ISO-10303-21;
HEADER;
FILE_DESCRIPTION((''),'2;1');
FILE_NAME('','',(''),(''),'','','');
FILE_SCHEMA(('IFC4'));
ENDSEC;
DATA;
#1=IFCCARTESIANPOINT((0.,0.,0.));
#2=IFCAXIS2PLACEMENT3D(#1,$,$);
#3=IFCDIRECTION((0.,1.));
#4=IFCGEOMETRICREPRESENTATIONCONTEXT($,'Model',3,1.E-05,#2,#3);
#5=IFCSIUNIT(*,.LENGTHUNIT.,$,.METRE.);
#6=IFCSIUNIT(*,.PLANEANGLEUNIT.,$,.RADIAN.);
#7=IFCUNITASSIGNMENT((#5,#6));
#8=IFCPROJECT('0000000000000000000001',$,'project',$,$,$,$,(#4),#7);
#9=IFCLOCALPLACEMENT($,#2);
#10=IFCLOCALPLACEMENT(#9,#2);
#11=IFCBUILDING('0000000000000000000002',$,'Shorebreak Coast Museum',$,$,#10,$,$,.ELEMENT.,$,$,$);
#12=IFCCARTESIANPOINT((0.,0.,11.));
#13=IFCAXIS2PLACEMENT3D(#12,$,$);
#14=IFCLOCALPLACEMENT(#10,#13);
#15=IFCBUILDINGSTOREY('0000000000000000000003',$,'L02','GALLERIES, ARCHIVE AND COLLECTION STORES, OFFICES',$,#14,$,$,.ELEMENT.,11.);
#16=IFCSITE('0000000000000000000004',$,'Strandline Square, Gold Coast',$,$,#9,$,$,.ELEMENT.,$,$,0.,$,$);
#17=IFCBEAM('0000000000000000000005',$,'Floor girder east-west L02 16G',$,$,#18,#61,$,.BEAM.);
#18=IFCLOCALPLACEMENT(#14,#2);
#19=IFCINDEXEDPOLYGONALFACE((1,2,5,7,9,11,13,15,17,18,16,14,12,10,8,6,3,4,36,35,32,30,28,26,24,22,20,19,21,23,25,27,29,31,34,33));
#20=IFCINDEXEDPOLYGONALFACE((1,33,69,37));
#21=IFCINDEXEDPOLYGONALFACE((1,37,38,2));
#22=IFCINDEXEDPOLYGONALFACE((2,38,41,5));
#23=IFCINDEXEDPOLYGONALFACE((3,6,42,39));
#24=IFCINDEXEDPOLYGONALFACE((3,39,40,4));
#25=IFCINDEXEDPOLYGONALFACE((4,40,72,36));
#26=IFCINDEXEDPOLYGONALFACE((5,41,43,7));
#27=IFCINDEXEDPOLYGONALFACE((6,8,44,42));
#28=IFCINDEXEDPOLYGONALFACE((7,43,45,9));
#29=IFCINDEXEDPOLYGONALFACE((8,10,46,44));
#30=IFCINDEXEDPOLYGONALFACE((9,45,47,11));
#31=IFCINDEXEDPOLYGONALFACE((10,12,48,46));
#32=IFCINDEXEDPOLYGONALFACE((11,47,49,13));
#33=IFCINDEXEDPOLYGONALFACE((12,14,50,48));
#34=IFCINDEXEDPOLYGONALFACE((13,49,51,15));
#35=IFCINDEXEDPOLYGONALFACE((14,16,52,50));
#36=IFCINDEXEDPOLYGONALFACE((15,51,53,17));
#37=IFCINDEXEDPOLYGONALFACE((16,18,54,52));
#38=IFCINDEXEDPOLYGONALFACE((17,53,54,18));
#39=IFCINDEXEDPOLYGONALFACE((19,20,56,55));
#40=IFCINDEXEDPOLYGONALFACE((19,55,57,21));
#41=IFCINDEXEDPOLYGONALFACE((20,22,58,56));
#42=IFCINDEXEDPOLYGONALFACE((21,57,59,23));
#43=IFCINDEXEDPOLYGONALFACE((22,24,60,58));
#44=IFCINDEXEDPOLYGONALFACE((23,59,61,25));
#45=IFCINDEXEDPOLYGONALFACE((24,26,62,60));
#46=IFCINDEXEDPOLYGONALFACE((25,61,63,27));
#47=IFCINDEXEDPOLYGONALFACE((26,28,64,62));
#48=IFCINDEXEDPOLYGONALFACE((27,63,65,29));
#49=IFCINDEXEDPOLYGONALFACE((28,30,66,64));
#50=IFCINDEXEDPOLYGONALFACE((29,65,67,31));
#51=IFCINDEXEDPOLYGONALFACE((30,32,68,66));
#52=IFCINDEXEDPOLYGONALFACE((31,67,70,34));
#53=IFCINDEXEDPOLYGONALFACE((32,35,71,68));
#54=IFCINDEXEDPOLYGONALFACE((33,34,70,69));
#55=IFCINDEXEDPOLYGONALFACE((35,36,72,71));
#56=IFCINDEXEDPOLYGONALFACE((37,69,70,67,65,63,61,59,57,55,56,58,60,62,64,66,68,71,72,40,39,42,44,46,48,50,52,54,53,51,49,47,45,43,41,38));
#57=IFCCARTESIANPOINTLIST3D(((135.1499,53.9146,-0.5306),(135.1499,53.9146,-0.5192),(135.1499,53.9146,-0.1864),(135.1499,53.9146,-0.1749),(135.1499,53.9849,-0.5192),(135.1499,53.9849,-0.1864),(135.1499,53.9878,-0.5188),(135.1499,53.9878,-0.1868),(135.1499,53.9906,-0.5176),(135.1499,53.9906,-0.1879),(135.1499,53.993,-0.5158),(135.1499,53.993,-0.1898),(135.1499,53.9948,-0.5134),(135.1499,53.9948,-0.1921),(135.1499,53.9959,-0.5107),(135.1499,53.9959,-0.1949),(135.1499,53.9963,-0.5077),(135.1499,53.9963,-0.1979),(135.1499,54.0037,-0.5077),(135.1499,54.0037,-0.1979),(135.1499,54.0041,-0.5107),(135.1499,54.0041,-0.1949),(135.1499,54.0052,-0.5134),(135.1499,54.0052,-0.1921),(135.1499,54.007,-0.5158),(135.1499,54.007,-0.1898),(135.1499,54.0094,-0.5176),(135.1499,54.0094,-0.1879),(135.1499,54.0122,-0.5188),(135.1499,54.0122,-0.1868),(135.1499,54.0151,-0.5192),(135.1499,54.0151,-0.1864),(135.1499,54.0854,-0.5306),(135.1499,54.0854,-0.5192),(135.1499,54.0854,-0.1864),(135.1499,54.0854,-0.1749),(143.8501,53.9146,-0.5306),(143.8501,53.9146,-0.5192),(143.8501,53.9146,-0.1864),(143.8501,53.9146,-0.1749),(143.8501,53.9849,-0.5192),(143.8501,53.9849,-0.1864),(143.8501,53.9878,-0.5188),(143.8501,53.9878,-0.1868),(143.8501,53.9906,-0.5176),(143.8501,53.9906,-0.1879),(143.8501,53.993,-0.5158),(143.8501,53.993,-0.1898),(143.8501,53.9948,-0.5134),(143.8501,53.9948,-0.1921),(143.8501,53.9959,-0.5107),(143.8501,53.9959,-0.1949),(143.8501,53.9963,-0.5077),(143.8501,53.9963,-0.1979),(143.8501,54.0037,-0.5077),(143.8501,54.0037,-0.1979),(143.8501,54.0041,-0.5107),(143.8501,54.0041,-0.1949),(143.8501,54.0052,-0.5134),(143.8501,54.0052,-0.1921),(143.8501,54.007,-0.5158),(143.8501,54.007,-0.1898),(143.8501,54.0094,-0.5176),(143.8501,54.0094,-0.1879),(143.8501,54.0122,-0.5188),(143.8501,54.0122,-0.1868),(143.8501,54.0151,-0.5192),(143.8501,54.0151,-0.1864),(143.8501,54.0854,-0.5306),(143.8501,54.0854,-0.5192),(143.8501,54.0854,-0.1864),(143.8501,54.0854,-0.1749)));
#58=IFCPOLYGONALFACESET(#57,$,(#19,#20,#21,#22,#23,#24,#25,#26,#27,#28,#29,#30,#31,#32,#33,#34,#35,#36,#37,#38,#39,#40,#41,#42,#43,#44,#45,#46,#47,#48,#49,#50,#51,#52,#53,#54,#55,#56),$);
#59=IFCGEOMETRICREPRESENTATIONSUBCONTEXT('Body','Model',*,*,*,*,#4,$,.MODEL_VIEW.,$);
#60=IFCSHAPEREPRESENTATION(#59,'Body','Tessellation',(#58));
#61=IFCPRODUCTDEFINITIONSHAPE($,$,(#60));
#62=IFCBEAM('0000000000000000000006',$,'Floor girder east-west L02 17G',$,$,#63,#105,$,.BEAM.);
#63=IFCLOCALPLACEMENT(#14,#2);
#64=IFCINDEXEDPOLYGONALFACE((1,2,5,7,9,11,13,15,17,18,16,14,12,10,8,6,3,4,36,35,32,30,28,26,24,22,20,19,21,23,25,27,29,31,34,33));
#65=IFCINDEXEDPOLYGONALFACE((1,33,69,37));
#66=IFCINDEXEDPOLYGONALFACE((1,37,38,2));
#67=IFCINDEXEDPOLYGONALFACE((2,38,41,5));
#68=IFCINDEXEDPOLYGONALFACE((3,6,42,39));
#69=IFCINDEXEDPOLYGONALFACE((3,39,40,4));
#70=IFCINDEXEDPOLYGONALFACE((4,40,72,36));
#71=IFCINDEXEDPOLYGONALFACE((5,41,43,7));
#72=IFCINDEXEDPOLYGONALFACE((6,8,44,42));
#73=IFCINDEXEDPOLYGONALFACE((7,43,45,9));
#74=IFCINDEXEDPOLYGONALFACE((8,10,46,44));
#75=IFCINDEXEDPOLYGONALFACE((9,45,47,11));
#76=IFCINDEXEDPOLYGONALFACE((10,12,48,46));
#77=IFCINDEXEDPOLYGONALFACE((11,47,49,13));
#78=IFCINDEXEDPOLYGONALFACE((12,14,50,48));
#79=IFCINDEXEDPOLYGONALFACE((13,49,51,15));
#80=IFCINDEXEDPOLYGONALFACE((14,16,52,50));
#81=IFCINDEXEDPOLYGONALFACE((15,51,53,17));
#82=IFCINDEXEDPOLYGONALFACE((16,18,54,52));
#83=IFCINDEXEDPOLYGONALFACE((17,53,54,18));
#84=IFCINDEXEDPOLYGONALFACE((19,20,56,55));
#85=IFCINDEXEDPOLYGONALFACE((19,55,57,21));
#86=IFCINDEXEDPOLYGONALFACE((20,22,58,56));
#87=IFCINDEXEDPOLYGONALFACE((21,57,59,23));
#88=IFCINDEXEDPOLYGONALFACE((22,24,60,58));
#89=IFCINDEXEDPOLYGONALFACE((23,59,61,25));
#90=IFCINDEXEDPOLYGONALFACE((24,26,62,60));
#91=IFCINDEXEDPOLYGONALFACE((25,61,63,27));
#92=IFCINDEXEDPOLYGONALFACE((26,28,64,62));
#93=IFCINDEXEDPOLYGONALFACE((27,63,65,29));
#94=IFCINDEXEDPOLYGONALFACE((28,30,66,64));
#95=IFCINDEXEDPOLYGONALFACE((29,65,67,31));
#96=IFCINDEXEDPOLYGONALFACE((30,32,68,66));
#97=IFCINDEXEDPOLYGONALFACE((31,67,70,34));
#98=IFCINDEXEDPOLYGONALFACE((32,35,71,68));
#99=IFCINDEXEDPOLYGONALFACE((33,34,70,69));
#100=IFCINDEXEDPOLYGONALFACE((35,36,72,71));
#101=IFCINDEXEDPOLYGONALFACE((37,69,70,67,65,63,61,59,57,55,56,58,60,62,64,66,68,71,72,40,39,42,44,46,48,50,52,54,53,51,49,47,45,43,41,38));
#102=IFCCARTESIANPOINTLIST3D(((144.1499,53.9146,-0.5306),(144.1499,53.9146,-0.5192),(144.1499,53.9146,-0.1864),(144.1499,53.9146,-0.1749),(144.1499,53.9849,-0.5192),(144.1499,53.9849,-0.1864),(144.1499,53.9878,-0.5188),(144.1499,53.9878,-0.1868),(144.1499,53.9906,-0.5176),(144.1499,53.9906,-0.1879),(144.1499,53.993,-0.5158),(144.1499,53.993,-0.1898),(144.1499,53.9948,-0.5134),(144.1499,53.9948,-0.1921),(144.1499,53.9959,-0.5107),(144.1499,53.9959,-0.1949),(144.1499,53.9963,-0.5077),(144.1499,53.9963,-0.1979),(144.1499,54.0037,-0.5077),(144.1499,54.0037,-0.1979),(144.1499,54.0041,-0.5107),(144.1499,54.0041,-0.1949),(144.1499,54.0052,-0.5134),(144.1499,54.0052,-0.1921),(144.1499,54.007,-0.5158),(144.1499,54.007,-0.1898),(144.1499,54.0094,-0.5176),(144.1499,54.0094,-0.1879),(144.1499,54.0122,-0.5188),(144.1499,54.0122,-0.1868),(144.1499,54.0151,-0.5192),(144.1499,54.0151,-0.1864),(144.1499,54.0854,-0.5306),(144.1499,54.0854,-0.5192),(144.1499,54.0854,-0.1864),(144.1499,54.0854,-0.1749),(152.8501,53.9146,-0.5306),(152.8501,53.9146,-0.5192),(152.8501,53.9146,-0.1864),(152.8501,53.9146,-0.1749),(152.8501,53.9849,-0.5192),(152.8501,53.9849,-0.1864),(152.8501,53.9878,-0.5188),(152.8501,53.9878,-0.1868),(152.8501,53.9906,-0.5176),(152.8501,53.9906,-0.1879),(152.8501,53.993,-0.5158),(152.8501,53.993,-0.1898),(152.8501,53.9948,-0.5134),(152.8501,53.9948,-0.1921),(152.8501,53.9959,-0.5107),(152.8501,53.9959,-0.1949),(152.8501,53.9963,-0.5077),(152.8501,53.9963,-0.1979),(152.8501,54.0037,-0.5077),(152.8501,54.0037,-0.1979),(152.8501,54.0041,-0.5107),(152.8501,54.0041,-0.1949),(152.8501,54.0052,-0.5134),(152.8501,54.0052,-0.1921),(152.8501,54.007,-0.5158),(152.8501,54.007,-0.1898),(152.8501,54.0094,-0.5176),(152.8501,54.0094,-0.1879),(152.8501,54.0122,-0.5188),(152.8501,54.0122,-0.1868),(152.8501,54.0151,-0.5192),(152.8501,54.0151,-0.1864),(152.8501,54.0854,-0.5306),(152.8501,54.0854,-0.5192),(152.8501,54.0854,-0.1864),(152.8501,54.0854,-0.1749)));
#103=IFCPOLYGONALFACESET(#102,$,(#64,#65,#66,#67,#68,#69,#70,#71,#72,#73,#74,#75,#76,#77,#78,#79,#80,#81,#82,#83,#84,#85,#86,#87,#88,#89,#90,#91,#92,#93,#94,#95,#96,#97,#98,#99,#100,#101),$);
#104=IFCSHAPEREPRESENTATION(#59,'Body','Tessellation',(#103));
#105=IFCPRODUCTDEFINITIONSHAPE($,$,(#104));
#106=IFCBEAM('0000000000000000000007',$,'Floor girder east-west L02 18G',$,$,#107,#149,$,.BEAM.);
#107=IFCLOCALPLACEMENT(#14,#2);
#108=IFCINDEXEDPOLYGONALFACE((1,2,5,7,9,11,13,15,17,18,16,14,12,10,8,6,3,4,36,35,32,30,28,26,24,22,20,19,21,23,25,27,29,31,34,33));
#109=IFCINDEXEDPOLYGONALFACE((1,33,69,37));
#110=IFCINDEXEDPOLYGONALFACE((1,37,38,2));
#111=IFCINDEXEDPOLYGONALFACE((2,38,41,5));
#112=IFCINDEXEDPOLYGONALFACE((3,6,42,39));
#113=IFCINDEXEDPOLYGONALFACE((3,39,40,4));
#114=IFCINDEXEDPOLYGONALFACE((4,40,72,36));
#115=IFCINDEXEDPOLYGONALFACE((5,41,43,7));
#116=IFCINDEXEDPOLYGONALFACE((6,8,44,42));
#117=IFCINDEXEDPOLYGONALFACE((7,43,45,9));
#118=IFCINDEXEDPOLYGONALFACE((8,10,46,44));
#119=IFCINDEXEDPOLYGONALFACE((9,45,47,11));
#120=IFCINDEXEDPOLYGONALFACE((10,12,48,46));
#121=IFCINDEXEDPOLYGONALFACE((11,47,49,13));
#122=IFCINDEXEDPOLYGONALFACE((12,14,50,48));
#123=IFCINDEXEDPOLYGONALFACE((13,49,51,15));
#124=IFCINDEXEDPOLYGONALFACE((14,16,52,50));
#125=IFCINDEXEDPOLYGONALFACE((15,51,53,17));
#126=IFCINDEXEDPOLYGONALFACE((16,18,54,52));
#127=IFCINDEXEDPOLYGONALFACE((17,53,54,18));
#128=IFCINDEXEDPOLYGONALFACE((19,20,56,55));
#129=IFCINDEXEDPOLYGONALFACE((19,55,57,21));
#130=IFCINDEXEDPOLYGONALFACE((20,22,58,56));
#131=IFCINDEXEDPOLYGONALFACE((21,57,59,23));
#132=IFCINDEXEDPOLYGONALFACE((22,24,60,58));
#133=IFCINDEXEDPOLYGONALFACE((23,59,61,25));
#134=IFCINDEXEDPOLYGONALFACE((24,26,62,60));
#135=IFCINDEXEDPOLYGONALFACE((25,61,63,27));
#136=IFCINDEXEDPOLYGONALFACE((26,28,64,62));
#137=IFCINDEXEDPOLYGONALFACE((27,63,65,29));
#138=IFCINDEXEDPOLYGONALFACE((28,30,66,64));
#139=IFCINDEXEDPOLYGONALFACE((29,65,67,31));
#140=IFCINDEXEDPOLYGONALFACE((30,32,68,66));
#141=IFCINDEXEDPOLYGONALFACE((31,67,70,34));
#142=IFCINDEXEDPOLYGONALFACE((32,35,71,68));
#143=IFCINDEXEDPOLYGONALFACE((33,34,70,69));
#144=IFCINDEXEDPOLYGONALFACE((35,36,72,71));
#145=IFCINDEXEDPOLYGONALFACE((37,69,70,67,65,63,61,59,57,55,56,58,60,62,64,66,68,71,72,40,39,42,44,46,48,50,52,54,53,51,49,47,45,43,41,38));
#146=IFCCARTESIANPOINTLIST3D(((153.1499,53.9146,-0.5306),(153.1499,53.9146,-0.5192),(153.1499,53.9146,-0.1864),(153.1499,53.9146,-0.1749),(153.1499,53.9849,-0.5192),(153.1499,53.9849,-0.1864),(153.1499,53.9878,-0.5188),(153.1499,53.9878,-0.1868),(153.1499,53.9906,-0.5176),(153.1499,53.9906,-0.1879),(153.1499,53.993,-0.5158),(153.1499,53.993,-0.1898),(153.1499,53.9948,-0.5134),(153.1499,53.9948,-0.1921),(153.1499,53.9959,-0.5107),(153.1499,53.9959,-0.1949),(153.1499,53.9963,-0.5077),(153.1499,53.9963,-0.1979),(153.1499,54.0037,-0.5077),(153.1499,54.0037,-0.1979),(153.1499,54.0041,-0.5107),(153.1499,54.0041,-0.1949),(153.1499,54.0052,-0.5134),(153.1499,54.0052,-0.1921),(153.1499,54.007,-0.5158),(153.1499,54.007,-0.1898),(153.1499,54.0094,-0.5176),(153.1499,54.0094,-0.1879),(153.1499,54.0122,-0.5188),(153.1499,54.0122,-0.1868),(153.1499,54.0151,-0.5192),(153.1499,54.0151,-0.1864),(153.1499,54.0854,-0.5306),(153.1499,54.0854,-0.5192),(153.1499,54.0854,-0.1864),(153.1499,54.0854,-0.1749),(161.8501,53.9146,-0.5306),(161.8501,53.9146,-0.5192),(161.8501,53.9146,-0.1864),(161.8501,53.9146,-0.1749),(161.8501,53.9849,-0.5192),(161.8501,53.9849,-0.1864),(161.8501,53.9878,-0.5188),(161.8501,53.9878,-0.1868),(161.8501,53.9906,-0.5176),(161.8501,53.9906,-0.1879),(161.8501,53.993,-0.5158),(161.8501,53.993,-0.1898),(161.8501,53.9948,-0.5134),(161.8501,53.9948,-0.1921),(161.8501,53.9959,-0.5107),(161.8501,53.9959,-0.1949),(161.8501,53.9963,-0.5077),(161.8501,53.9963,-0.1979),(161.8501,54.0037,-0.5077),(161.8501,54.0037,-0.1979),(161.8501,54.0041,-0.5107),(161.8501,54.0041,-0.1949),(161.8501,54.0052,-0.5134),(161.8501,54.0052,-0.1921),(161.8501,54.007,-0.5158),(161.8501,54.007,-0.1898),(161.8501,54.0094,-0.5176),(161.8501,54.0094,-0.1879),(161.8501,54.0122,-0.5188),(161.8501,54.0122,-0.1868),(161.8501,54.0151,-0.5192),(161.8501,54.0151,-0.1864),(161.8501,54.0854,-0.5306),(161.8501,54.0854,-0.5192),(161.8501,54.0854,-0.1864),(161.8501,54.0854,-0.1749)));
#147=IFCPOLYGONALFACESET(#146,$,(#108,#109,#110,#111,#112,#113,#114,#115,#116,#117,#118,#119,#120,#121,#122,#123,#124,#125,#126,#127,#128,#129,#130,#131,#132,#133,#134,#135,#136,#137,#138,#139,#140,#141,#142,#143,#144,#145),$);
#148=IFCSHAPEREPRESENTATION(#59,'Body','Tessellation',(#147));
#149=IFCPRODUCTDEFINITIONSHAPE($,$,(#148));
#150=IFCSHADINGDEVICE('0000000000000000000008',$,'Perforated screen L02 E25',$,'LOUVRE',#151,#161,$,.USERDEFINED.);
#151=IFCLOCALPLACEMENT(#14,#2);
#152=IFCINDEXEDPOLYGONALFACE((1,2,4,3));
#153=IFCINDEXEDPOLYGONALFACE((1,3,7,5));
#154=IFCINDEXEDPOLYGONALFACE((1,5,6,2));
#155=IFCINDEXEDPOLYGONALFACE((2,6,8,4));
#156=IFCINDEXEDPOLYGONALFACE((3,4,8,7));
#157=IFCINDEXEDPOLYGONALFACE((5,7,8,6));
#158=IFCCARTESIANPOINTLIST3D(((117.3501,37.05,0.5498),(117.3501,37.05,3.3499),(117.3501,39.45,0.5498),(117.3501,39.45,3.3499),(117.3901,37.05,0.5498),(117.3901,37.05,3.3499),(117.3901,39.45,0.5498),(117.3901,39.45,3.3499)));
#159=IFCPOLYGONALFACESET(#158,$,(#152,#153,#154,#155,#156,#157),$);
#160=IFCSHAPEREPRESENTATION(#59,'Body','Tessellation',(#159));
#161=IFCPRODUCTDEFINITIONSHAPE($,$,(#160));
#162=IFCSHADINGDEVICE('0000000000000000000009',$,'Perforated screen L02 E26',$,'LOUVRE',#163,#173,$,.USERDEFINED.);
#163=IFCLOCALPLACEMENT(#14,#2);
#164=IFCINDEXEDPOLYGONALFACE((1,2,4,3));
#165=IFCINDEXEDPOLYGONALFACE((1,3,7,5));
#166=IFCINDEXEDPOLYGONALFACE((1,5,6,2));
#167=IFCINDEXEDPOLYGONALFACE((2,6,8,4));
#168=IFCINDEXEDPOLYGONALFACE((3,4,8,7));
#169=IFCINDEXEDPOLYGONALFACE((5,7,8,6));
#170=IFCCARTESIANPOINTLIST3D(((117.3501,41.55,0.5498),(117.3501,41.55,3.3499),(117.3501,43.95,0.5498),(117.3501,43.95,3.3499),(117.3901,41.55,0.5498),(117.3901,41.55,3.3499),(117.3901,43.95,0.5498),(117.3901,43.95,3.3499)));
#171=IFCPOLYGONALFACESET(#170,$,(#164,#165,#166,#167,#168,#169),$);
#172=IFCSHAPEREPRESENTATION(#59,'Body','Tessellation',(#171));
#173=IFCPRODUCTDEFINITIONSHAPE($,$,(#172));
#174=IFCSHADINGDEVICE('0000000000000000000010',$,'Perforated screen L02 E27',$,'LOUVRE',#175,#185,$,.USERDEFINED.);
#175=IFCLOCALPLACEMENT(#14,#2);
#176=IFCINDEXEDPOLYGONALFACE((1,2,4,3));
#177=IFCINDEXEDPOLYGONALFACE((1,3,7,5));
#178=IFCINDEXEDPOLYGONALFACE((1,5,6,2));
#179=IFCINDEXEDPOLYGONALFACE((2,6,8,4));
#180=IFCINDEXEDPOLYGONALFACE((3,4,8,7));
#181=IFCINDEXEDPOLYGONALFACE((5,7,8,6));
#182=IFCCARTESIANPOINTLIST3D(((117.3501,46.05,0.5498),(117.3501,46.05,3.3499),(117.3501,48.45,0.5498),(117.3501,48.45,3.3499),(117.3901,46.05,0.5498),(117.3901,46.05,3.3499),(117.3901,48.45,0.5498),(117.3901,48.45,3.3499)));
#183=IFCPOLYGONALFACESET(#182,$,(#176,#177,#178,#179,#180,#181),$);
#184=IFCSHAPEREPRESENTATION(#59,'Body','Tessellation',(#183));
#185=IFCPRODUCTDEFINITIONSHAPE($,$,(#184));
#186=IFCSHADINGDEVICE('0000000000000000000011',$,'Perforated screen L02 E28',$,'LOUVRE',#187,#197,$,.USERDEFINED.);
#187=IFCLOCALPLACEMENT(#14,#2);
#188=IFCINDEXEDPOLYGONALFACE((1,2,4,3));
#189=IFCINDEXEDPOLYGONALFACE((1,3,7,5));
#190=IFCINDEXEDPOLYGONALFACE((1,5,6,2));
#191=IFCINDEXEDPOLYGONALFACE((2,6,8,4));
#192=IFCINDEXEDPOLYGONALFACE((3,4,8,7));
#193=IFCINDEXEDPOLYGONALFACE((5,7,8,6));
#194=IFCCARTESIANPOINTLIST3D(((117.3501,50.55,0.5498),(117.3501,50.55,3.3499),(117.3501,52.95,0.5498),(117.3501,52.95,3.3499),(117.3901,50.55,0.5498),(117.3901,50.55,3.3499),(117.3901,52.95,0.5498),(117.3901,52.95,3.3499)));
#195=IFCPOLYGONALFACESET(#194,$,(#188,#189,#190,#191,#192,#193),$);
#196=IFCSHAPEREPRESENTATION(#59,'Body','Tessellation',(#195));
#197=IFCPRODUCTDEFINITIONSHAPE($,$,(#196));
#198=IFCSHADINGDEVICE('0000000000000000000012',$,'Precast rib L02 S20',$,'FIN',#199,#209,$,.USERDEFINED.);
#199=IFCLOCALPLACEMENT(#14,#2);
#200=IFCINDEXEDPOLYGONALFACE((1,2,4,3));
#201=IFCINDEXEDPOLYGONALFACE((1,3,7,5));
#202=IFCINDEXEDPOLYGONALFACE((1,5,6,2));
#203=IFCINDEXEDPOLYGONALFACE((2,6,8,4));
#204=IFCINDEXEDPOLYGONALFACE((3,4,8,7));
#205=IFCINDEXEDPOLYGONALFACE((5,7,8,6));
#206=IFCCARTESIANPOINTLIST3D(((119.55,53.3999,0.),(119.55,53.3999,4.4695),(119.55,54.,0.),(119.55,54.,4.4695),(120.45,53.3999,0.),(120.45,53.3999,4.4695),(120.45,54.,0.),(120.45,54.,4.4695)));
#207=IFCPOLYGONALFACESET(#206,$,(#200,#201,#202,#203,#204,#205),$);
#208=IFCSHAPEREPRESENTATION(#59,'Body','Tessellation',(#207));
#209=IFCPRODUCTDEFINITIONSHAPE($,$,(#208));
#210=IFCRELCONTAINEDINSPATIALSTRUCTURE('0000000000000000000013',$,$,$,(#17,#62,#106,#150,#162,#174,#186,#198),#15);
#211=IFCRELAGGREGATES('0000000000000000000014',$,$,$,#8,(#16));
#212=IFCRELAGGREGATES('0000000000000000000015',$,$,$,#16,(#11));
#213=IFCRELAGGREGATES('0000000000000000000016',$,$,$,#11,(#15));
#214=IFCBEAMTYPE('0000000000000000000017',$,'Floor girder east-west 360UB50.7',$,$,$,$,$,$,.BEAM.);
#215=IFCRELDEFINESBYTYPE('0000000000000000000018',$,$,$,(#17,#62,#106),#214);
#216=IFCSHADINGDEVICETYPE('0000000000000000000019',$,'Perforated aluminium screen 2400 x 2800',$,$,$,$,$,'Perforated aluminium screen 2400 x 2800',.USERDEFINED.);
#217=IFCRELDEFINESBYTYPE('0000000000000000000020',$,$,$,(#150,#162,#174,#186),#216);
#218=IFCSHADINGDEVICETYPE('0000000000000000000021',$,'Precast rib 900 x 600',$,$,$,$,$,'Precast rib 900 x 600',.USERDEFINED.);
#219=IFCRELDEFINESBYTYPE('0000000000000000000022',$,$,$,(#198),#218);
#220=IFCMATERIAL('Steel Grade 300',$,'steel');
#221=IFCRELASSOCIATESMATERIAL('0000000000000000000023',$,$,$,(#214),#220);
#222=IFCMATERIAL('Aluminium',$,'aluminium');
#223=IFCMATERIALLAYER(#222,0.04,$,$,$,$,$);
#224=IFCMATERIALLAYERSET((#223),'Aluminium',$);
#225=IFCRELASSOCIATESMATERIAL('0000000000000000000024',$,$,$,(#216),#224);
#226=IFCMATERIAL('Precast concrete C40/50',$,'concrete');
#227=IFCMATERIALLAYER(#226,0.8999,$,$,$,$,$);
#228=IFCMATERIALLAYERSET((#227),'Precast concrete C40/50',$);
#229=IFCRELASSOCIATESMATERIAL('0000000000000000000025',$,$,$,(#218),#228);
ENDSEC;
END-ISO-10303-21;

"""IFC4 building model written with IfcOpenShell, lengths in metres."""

from ifc_helpers import new_model, si_unit, direction, frame, origin, origin_2d, place, context, subcontext, project, spatial, rectangle, i_section, extrude, material, layer, layer_set, material_profile, profile_set, type_object, element, save


model = new_model("IFC4")

# Units and contexts
model_context = context("Model", 3, precision=1e-05, world=origin(), true_north=direction((0.0, 1.0)))
body_context = subcontext(model_context, "Body", "Model", "MODEL_VIEW")
ifc_project = project(units=[si_unit("LENGTHUNIT", "METRE"), si_unit("PLANEANGLEUNIT", "RADIAN")], contexts=[model_context])

# Site, building, storey
site_placement = place(None, origin())
site = spatial("IfcSite", under=ifc_project, at=site_placement, Name="Strandline Square, Gold Coast", CompositionType="ELEMENT", RefElevation=0.0)
building_placement = place(site_placement, origin())
building = spatial("IfcBuilding", under=site, at=building_placement, Name="Shorebreak Coast Museum", CompositionType="ELEMENT")
storey_placement = place(building_placement, frame((0.0, 0.0, 11.0)))
storey = spatial("IfcBuildingStorey", under=building, at=storey_placement, Name="L02", Description="GALLERIES, ARCHIVE AND COLLECTION STORES, OFFICES", CompositionType="ELEMENT", Elevation=11.0)

# Beams
ifc_material_1 = material(Name="Steel Grade 300", Category="steel")
ifc_material_profile_1 = material_profile(ifc_material_1, i_section(OverallWidth=0.1709, OverallDepth=0.3557, WebThickness=0.0073, FlangeThickness=0.0115, FilletRadius=0.0115, at=origin_2d()), Name="360UB50.7")
ifc_profile_set_1 = profile_set([ifc_material_profile_1], Name="Steel Grade 300")
beam_type = type_object("IfcBeamType", Name="Floor girder east-west 360UB50.7", PredefinedType="BEAM", material=ifc_profile_set_1)
for number, where, z_axis, x_axis, name in (
    (1, (135.1499, 54.0, -0.3528), (1.0, 0.0, 0.0), (0.0, 1.0, 0.0), "Floor girder east-west L02 16G"),
    (2, (144.1499, 54.0, -0.3528), (1.0, 0.0, 0.0), (0.0, 1.0, 0.0), "Floor girder east-west L02 17G"),
    (3, (153.1499, 54.0, -0.3528), (1.0, 0.0, 0.0), (0.0, 1.0, 0.0), "Floor girder east-west L02 18G"),
):
    element("IfcBeam", number, at=place(storey_placement, frame(where, z_axis=z_axis, x_axis=x_axis)), inside=storey, type_object=beam_type, Name=name, PredefinedType="BEAM", context=body_context, shape_type="SweptSolid", body=[
        extrude(i_section(OverallWidth=0.1709, OverallDepth=0.3557, WebThickness=0.0073, FlangeThickness=0.0115, FilletRadius=0.0115, at=origin_2d()), origin(), (0.0, 0.0, 1.0), 8.7002),
    ])

# Shading devices
ifc_material_2 = material(Name="Aluminium", Category="aluminium")
ifc_layer_1 = layer(ifc_material_2, 0.04)
ifc_layer_set_1 = layer_set([ifc_layer_1], Name="Aluminium")
shading_device_type_1 = type_object("IfcShadingDeviceType", Name="Perforated aluminium screen 2400 x 2800", ElementType="Perforated aluminium screen 2400 x 2800", PredefinedType="USERDEFINED", material=ifc_layer_set_1)
for number, where, z_axis, x_axis, name in (
    (4, (117.3701, 38.25, 0.5498), (0.0, 0.0, 1.0), (1.0, 0.0, 0.0), "Perforated screen L02 E25"),
    (5, (117.3701, 42.75, 0.5498), (0.0, 0.0, 1.0), (1.0, 0.0, 0.0), "Perforated screen L02 E26"),
    (6, (117.3701, 47.25, 0.5498), (0.0, 0.0, 1.0), (1.0, 0.0, 0.0), "Perforated screen L02 E27"),
    (7, (117.3701, 51.75, 0.5498), (0.0, 0.0, 1.0), (1.0, 0.0, 0.0), "Perforated screen L02 E28"),
):
    element("IfcShadingDevice", number, at=place(storey_placement, frame(where, z_axis=z_axis, x_axis=x_axis)), inside=storey, type_object=shading_device_type_1, Name=name, ObjectType="LOUVRE", PredefinedType="USERDEFINED", context=body_context, shape_type="SweptSolid", body=[
        extrude(rectangle(XDim=0.04, YDim=2.3999, at=origin_2d()), origin(), (0.0, 0.0, 1.0), 2.8),
    ])
ifc_material_3 = material(Name="Precast concrete C40/50", Category="concrete")
ifc_layer_2 = layer(ifc_material_3, 0.8999)
ifc_layer_set_2 = layer_set([ifc_layer_2], Name="Precast concrete C40/50")
shading_device_type_2 = type_object("IfcShadingDeviceType", Name="Precast rib 900 x 600", ElementType="Precast rib 900 x 600", PredefinedType="USERDEFINED", material=ifc_layer_set_2)
for number, where, z_axis, x_axis, name in (
    (8, (120.0, 53.7, 0.0), (0.0, 0.0, 1.0), (1.0, 0.0, 0.0), "Precast rib L02 S20"),
):
    element("IfcShadingDevice", number, at=place(storey_placement, frame(where, z_axis=z_axis, x_axis=x_axis)), inside=storey, type_object=shading_device_type_2, Name=name, ObjectType="FIN", PredefinedType="USERDEFINED", context=body_context, shape_type="SweptSolid", body=[
        extrude(rectangle(XDim=0.8999, YDim=0.6001, at=origin_2d()), origin(), (0.0, 0.0, 1.0), 4.4695),
    ])

save(model, "model.ifc")
